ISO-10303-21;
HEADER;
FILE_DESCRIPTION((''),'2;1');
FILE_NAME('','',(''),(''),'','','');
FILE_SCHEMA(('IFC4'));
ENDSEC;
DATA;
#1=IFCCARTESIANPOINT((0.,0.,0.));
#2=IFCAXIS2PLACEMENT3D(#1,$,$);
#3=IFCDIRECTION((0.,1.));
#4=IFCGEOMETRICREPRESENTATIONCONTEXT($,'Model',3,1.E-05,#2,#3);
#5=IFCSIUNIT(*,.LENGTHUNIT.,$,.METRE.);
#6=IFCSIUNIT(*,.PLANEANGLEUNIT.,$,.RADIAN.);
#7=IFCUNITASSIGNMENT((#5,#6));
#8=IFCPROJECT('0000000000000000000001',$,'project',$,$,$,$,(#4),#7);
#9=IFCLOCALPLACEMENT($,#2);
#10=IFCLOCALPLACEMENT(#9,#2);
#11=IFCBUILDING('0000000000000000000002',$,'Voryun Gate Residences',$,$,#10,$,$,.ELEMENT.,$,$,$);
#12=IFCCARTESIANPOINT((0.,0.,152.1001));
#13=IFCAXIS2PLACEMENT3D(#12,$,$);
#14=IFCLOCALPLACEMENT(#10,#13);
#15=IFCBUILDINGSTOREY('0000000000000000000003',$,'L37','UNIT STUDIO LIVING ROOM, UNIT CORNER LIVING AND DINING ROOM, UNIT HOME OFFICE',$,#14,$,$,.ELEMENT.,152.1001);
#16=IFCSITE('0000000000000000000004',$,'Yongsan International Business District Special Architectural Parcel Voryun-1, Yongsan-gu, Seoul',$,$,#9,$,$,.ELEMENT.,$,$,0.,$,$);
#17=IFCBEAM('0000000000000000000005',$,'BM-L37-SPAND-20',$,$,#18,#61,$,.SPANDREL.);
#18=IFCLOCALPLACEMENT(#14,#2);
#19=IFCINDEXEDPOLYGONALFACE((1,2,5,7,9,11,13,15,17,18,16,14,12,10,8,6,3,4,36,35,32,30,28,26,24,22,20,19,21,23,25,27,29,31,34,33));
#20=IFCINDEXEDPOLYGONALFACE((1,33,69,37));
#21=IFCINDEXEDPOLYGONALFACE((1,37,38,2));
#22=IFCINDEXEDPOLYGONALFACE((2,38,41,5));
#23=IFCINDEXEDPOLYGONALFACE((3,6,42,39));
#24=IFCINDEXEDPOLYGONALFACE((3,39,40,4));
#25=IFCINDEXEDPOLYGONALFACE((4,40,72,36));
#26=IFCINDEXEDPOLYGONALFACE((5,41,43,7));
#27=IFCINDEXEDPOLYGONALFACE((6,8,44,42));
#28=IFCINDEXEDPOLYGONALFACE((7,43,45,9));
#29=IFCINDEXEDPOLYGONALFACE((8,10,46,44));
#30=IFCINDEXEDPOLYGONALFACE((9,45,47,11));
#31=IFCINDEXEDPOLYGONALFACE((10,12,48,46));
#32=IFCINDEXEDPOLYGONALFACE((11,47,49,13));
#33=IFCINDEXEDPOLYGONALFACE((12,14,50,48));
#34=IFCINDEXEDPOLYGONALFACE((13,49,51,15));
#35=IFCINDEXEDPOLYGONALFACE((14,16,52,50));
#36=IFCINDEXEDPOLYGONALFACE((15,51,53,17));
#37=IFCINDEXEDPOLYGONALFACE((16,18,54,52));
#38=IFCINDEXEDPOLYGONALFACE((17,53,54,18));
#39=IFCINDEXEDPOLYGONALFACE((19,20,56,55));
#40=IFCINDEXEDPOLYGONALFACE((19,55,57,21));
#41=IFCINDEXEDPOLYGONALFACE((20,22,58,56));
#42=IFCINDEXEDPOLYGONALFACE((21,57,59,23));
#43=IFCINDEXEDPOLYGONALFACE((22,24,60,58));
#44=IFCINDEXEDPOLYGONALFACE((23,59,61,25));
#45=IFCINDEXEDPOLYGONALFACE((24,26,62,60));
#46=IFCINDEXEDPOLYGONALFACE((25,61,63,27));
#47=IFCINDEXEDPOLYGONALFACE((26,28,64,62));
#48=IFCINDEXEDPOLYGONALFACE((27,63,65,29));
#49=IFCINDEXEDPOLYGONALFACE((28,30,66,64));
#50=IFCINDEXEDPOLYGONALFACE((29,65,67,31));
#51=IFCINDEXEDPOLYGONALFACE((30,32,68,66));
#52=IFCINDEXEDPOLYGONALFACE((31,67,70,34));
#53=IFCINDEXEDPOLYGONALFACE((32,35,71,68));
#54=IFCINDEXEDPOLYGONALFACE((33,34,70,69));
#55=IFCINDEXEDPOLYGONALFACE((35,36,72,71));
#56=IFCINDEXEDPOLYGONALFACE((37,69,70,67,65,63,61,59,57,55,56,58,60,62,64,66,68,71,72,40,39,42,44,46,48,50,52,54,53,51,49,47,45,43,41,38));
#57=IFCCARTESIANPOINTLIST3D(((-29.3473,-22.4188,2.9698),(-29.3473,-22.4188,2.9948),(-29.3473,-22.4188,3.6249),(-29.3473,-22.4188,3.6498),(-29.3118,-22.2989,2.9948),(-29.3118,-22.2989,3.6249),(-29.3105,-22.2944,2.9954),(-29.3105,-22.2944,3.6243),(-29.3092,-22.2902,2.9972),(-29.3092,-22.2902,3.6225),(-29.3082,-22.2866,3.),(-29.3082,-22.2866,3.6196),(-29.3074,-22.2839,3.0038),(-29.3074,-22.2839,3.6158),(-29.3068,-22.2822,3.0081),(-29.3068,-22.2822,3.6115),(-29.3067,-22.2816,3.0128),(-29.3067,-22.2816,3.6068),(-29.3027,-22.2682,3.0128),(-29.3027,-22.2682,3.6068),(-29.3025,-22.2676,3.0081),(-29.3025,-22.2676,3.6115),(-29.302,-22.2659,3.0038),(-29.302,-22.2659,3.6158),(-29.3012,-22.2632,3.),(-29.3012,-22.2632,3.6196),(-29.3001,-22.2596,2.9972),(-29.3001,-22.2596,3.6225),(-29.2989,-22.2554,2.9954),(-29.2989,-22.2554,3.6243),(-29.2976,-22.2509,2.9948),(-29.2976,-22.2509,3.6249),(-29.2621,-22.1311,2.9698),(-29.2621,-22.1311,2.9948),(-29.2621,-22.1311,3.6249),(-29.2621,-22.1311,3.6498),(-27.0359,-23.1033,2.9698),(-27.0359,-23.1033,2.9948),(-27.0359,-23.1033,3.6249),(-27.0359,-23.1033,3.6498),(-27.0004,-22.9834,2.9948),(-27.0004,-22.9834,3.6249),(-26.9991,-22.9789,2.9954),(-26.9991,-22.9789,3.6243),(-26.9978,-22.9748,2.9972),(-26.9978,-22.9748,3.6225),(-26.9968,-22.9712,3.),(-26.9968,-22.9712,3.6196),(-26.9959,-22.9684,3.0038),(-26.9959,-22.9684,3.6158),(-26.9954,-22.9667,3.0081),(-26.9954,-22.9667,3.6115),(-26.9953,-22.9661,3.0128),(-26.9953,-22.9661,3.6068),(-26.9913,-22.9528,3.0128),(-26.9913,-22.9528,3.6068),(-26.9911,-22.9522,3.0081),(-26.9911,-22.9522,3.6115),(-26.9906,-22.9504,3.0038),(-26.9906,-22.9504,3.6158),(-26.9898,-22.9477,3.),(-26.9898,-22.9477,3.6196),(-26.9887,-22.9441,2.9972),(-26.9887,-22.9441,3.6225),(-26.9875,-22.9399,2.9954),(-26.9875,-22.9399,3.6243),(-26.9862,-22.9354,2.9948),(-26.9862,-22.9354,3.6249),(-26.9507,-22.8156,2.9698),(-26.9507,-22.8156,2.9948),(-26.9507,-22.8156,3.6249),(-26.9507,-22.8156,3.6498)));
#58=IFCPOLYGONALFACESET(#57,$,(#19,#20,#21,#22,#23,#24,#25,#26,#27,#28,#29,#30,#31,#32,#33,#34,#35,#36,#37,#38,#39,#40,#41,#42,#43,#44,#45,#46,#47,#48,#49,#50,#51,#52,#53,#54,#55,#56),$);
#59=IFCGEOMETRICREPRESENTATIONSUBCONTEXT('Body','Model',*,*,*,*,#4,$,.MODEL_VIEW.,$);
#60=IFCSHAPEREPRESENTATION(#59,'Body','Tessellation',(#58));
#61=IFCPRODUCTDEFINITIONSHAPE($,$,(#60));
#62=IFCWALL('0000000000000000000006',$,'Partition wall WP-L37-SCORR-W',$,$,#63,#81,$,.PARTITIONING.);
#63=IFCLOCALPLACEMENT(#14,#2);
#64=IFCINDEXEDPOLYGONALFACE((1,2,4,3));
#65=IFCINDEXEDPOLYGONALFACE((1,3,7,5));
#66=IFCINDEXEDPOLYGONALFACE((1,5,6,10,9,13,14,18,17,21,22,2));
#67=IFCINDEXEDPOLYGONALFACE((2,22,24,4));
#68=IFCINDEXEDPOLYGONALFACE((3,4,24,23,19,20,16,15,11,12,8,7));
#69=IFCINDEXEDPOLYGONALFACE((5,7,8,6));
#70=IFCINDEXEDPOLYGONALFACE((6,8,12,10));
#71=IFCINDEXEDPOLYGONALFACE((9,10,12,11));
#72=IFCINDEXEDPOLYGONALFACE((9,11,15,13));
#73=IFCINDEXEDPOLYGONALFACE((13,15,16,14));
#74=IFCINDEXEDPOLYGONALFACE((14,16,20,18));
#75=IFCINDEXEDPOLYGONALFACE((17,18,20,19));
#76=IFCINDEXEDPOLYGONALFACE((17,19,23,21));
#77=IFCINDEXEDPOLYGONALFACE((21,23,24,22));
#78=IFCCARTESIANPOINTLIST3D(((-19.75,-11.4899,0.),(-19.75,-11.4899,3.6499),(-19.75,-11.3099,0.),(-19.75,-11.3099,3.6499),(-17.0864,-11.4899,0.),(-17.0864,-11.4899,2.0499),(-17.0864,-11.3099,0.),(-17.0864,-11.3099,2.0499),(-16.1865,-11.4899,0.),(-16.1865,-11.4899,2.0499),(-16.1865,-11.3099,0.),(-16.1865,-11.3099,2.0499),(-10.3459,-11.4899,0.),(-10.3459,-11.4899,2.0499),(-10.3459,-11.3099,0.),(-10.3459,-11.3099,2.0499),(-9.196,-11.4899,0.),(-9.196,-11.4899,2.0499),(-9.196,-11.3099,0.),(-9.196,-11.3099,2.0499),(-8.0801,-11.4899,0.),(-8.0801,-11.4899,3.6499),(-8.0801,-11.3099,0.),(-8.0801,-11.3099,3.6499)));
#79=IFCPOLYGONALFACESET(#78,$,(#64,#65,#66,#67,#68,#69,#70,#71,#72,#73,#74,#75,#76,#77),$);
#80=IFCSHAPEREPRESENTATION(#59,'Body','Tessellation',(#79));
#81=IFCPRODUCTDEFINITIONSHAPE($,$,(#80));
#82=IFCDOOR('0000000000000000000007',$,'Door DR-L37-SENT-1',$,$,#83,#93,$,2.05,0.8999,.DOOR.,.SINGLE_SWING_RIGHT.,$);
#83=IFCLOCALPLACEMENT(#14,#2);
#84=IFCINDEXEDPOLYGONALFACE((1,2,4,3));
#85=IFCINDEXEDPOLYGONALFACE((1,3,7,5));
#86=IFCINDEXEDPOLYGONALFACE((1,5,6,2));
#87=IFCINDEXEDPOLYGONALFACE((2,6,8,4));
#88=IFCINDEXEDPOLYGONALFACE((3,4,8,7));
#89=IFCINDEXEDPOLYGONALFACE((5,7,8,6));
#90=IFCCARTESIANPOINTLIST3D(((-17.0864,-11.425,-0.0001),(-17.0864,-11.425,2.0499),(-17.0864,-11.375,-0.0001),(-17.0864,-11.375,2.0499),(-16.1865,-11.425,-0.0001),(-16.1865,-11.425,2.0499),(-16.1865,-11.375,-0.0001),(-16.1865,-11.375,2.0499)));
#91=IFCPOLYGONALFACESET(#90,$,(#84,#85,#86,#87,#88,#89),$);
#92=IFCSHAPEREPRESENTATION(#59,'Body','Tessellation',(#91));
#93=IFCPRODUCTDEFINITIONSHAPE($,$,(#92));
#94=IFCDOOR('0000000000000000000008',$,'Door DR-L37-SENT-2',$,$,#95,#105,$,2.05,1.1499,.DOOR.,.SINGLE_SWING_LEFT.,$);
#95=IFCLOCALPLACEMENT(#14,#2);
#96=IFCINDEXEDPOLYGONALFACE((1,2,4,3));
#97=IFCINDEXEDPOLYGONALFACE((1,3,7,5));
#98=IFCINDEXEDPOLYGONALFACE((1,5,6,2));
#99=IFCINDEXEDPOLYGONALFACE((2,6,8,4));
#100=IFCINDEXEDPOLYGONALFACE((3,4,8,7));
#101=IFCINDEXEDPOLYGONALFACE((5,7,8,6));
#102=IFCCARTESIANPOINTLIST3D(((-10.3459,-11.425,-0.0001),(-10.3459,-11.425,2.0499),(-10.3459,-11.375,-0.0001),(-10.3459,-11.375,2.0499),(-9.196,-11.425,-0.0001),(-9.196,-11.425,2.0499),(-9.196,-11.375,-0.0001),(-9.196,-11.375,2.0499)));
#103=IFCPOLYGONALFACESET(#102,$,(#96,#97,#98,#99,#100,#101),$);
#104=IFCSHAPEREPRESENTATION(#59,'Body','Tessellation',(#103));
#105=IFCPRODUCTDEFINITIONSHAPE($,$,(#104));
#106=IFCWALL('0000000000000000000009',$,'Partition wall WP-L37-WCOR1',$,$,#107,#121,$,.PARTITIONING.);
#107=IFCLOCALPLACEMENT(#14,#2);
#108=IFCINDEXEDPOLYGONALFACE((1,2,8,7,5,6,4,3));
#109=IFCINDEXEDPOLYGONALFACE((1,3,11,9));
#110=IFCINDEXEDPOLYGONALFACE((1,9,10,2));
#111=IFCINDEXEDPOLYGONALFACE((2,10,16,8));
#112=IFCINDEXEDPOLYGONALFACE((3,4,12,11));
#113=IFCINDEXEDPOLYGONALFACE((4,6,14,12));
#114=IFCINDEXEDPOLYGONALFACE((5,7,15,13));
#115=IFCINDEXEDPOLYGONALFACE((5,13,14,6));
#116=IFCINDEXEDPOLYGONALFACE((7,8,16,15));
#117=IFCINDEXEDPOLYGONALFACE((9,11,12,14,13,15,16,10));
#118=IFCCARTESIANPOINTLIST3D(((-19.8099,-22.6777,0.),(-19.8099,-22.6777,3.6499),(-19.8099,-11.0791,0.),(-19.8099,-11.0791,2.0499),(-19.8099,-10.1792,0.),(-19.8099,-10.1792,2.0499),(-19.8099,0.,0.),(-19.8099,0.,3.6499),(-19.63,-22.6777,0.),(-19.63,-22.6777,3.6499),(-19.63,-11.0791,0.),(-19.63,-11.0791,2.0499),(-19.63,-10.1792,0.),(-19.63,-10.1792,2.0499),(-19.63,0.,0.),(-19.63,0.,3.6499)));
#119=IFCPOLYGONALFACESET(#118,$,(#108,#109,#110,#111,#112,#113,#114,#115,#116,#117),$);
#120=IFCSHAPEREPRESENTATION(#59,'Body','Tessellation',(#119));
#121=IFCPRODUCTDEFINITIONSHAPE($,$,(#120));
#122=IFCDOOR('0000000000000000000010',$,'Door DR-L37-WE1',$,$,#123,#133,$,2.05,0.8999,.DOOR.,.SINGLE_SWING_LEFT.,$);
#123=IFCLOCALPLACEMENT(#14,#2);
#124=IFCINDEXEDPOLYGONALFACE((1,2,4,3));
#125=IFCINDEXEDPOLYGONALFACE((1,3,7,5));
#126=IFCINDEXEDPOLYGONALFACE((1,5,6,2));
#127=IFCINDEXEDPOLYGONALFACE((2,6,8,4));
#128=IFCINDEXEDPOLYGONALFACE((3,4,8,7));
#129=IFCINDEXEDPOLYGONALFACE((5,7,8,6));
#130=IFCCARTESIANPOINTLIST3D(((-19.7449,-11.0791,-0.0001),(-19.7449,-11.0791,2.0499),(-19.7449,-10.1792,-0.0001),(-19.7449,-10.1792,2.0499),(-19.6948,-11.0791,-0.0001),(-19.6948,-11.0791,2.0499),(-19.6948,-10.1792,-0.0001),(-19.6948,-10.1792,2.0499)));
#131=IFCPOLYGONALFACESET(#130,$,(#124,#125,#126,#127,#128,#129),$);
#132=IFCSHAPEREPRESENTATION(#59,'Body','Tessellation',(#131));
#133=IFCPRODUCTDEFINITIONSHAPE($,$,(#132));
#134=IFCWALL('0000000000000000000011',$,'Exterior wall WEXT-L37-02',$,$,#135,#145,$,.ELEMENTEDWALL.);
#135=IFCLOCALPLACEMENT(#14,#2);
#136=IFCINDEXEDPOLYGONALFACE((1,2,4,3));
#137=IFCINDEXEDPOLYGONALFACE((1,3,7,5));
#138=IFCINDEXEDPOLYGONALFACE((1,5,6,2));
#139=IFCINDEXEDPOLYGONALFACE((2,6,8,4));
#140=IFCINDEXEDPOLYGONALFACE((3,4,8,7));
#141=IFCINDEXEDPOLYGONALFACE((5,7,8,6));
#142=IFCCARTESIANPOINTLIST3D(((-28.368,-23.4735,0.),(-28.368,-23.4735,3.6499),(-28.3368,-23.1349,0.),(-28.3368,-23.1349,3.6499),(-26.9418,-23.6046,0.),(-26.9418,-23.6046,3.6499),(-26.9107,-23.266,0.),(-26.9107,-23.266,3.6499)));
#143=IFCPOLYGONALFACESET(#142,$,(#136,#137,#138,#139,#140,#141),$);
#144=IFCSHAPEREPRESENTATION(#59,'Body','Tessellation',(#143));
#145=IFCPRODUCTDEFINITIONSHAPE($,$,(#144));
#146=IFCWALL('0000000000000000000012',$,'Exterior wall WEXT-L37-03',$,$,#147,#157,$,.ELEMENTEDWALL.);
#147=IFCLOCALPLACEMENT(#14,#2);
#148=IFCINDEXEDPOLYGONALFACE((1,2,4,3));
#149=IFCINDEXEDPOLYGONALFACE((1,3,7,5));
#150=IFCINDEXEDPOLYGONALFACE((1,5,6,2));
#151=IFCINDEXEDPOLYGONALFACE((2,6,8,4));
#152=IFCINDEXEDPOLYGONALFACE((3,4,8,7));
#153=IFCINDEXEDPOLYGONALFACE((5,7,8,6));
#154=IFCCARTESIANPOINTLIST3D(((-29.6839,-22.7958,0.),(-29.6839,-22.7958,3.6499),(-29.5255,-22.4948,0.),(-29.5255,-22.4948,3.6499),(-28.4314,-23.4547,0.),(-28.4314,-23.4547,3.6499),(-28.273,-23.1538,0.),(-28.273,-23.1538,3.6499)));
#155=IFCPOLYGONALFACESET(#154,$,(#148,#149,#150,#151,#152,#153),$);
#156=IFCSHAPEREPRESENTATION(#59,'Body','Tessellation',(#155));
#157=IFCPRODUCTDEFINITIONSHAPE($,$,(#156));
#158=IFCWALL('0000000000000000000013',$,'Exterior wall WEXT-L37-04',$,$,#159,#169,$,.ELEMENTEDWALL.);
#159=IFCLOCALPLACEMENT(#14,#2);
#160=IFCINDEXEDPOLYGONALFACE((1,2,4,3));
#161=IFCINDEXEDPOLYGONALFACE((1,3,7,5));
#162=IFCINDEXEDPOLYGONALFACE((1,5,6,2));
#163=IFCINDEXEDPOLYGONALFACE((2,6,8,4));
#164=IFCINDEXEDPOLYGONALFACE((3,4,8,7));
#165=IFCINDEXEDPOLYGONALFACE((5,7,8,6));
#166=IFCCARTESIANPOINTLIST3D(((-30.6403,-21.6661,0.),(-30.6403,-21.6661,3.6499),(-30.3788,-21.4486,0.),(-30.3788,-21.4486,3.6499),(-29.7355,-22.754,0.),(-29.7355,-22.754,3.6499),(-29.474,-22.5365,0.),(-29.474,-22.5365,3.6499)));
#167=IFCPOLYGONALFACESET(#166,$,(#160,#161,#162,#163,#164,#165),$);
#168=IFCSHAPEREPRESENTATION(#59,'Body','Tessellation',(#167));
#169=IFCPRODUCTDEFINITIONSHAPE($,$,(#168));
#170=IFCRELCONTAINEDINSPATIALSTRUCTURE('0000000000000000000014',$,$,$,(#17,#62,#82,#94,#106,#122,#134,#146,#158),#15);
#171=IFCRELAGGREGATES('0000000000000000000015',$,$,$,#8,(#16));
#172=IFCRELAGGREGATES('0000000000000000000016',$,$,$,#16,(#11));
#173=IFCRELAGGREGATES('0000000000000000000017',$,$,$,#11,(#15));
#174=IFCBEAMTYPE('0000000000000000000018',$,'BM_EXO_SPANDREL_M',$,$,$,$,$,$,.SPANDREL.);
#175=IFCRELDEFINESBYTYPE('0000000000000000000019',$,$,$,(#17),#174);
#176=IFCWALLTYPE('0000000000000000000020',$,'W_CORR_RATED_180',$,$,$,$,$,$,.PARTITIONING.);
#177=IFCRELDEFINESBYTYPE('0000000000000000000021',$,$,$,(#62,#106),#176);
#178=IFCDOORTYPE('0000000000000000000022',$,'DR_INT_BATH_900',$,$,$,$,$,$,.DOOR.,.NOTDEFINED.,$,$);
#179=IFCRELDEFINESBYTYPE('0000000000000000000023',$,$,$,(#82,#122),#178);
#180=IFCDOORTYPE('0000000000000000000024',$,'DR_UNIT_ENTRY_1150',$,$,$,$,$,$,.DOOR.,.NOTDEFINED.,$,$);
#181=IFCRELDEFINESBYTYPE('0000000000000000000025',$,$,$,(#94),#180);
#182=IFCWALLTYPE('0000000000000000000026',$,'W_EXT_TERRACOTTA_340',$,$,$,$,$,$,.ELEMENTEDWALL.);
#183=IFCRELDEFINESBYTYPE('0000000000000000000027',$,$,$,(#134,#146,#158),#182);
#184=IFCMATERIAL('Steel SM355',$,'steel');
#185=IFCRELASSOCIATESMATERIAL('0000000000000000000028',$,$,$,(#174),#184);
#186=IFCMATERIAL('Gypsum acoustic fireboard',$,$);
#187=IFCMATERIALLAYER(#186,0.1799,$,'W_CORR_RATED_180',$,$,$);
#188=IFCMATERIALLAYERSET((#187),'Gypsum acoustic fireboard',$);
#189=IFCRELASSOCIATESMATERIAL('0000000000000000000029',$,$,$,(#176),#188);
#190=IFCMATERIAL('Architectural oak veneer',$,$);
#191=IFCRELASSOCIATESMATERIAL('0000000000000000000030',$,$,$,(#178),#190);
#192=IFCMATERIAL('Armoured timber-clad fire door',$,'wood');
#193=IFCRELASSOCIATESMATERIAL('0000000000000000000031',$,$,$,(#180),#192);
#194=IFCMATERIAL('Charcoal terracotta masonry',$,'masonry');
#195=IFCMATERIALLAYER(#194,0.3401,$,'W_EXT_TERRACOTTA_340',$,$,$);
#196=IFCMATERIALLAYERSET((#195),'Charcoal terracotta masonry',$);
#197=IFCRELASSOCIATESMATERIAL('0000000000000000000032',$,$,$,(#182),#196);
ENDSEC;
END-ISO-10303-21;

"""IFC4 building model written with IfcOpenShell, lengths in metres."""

from ifc_helpers import new_model, si_unit, direction, frame, frame_2d, origin, origin_2d, place, context, subcontext, project, spatial, rectangle, i_section, extrude, material, layer, layer_set, material_profile, profile_set, type_object, element, fill, save


model = new_model("IFC4")

# Units and contexts
model_context = context("Model", 3, precision=1e-05, world=origin(), true_north=direction((0.0, 1.0)))
body_context = subcontext(model_context, "Body", "Model", "MODEL_VIEW")
ifc_project = project(units=[si_unit("LENGTHUNIT", "METRE"), si_unit("PLANEANGLEUNIT", "RADIAN")], contexts=[model_context])

# Site, building, storey
site_placement = place(None, origin())
site = spatial("IfcSite", under=ifc_project, at=site_placement, Name="Yongsan International Business District Special Architectural Parcel Voryun-1, Yongsan-gu, Seoul", CompositionType="ELEMENT", RefElevation=0.0)
building_placement = place(site_placement, origin())
building = spatial("IfcBuilding", under=site, at=building_placement, Name="Voryun Gate Residences", CompositionType="ELEMENT")
storey_placement = place(building_placement, frame((0.0, 0.0, 152.1001)))
storey = spatial("IfcBuildingStorey", under=building, at=storey_placement, Name="L37", Description="UNIT STUDIO LIVING ROOM, UNIT CORNER LIVING AND DINING ROOM, UNIT HOME OFFICE", CompositionType="ELEMENT", Elevation=152.1001)

# Beam
ifc_material_1 = material(Name="Steel SM355", Category="steel")
ifc_material_profile_1 = material_profile(ifc_material_1, i_section(OverallWidth=0.3, OverallDepth=0.6799, WebThickness=0.0139, FlangeThickness=0.0249, FilletRadius=0.0181, at=origin_2d()), Name="H-680x300x14x25")
ifc_profile_set_1 = profile_set([ifc_material_profile_1], Name="Steel SM355")
beam_type = type_object("IfcBeamType", Name="BM_EXO_SPANDREL_M", PredefinedType="SPANDREL", material=ifc_profile_set_1)
beam_1_placement = place(storey_placement, frame((-29.3047, -22.2749, 3.3098), z_axis=(0.958835, -0.283964, 0.0), x_axis=(0.283964, 0.958835, 0.0)))
element("IfcBeam", 1, at=beam_1_placement, inside=storey, type_object=beam_type, Name="BM-L37-SPAND-20", PredefinedType="SPANDREL", context=body_context, shape_type="SweptSolid", body=[
    extrude(i_section(OverallWidth=0.3, OverallDepth=0.6799, WebThickness=0.0139, FlangeThickness=0.0249, FilletRadius=0.0181, at=origin_2d()), origin(), (0.0, 0.0, 1.0), 2.4106),
])

# Wall, openings, doors
ifc_material_2 = material(Name="Gypsum acoustic fireboard")
ifc_layer_1 = layer(ifc_material_2, 0.1799, Name="W_CORR_RATED_180")
ifc_layer_set_1 = layer_set([ifc_layer_1], Name="Gypsum acoustic fireboard")
wall_type_1 = type_object("IfcWallType", Name="W_CORR_RATED_180", PredefinedType="PARTITIONING", material=ifc_layer_set_1)
wall_1_placement = place(storey_placement, frame((-19.75, -11.3999, 0.0), z_axis=(0.0, 0.0, 1.0), x_axis=(1.0, 0.0, 0.0)))
wall_1 = element("IfcWall", 2, at=wall_1_placement, inside=storey, type_object=wall_type_1, Name="Partition wall WP-L37-SCORR-W", PredefinedType="PARTITIONING", context=body_context, shape_type="SweptSolid", body=[
    extrude(rectangle(XDim=11.6699, YDim=0.1799, at=frame_2d((5.835, 0.0))), origin(), (0.0, 0.0, 1.0), 3.6499),
])
opening_1_placement = place(wall_1_placement, frame((2.6636, 0.0, 0.0)))
opening_1 = element("IfcOpeningElement", 3, at=opening_1_placement, cuts=wall_1, PredefinedType="OPENING", context=body_context, shape_type="SweptSolid", body=[
    extrude(rectangle(XDim=0.8999, YDim=2.05, at=frame_2d((0.45, 1.0249))), frame((0.0, 0.0999, 0.0), z_axis=(0.0, -1.0, 0.0), x_axis=(1.0, 0.0, 0.0)), (0.0, 0.0, 1.0), 0.2),
])
opening_2_placement = place(wall_1_placement, frame((9.4041, 0.0, 0.0)))
opening_2 = element("IfcOpeningElement", 4, at=opening_2_placement, cuts=wall_1, PredefinedType="OPENING", context=body_context, shape_type="SweptSolid", body=[
    extrude(rectangle(XDim=1.1499, YDim=2.05, at=frame_2d((0.575, 1.0249))), frame((0.0, 0.0999, 0.0), z_axis=(0.0, -1.0, 0.0), x_axis=(1.0, 0.0, 0.0)), (0.0, 0.0, 1.0), 0.2),
])
ifc_material_3 = material(Name="Architectural oak veneer")
door_type_1 = type_object("IfcDoorType", Name="DR_INT_BATH_900", OperationType="NOTDEFINED", PredefinedType="DOOR", material=ifc_material_3)
door_1_placement = place(opening_1_placement, origin())
door_1 = element("IfcDoor", 5, at=door_1_placement, inside=storey, type_object=door_type_1, Name="Door DR-L37-SENT-1", OperationType="SINGLE_SWING_RIGHT", OverallHeight=2.05, OverallWidth=0.8999, PredefinedType="DOOR", context=body_context, shape_type="SweptSolid", body=[
    extrude(rectangle(XDim=0.8999, YDim=2.05, at=frame_2d((0.45, 1.0249))), frame((0.0, 0.0249, 0.0), z_axis=(0.0, -1.0, 0.0), x_axis=(1.0, 0.0, 0.0)), (0.0, 0.0, 1.0), 0.05),
])
fill(opening_1, door_1)
ifc_material_4 = material(Name="Armoured timber-clad fire door", Category="wood")
door_type_2 = type_object("IfcDoorType", Name="DR_UNIT_ENTRY_1150", OperationType="NOTDEFINED", PredefinedType="DOOR", material=ifc_material_4)
door_2_placement = place(opening_2_placement, origin())
door_2 = element("IfcDoor", 6, at=door_2_placement, inside=storey, type_object=door_type_2, Name="Door DR-L37-SENT-2", OperationType="SINGLE_SWING_LEFT", OverallHeight=2.05, OverallWidth=1.1499, PredefinedType="DOOR", context=body_context, shape_type="SweptSolid", body=[
    extrude(rectangle(XDim=1.1499, YDim=2.05, at=frame_2d((0.575, 1.0249))), frame((0.0, 0.0249, 0.0), z_axis=(0.0, -1.0, 0.0), x_axis=(1.0, 0.0, 0.0)), (0.0, 0.0, 1.0), 0.05),
])
fill(opening_2, door_2)

# Wall, opening, door
wall_2_placement = place(storey_placement, frame((-19.72, -22.6777, 0.0), z_axis=(0.0, 0.0, 1.0), x_axis=(0.0, 1.0, 0.0)))
wall_2 = element("IfcWall", 7, at=wall_2_placement, inside=storey, type_object=wall_type_1, Name="Partition wall WP-L37-WCOR1", PredefinedType="PARTITIONING", context=body_context, shape_type="SweptSolid", body=[
    extrude(rectangle(XDim=22.6777, YDim=0.1799, at=frame_2d((11.3389, 0.0))), origin(), (0.0, 0.0, 1.0), 3.6499),
])
opening_3_placement = place(wall_2_placement, frame((11.5986, 0.0, 0.0)))
opening_3 = element("IfcOpeningElement", 8, at=opening_3_placement, cuts=wall_2, PredefinedType="OPENING", context=body_context, shape_type="SweptSolid", body=[
    extrude(rectangle(XDim=0.8999, YDim=2.05, at=frame_2d((0.45, 1.0249))), frame((0.0, 0.0999, 0.0), z_axis=(0.0, -1.0, 0.0), x_axis=(1.0, 0.0, 0.0)), (0.0, 0.0, 1.0), 0.2),
])
door_3_placement = place(opening_3_placement, origin())
door_3 = element("IfcDoor", 9, at=door_3_placement, inside=storey, type_object=door_type_1, Name="Door DR-L37-WE1", OperationType="SINGLE_SWING_LEFT", OverallHeight=2.05, OverallWidth=0.8999, PredefinedType="DOOR", context=body_context, shape_type="SweptSolid", body=[
    extrude(rectangle(XDim=0.8999, YDim=2.05, at=frame_2d((0.45, 1.0249))), frame((0.0, 0.0249, 0.0), z_axis=(0.0, -1.0, 0.0), x_axis=(1.0, 0.0, 0.0)), (0.0, 0.0, 1.0), 0.05),
])
fill(opening_3, door_3)

# Walls
ifc_material_5 = material(Name="Charcoal terracotta masonry", Category="masonry")
ifc_layer_2 = layer(ifc_material_5, 0.3401, Name="W_EXT_TERRACOTTA_340")
ifc_layer_set_2 = layer_set([ifc_layer_2], Name="Charcoal terracotta masonry")
wall_type_2 = type_object("IfcWallType", Name="W_EXT_TERRACOTTA_340", PredefinedType="ELEMENTEDWALL", material=ifc_layer_set_2)
wall_3_placement = place(storey_placement, frame((-26.9263, -23.4353, 0.0), z_axis=(0.0, 0.0, 1.0), x_axis=(-0.9958, 0.09155, 0.0)))
element("IfcWall", 10, at=wall_3_placement, inside=storey, type_object=wall_type_2, Name="Exterior wall WEXT-L37-02", PredefinedType="ELEMENTEDWALL", context=body_context, shape_type="SweptSolid", body=[
    extrude(rectangle(XDim=1.4321, YDim=0.3401, at=frame_2d((0.7161, 0.0))), origin(), (0.0, 0.0, 1.0), 3.6499),
])
wall_4_placement = place(storey_placement, frame((-28.3523, -23.3042, 0.0), z_axis=(0.0, 0.0, 1.0), x_axis=(-0.884989, 0.465611, 0.0)))
element("IfcWall", 11, at=wall_4_placement, inside=storey, type_object=wall_type_2, Name="Exterior wall WEXT-L37-03", PredefinedType="ELEMENTEDWALL", context=body_context, shape_type="SweptSolid", body=[
    extrude(rectangle(XDim=1.4153, YDim=0.3401, at=frame_2d((0.7075, 0.0))), origin(), (0.0, 0.0, 1.0), 3.6499),
])
wall_5_placement = place(storey_placement, frame((-29.6047, -22.6453, 0.0), z_axis=(0.0, 0.0, 1.0), x_axis=(-0.639437, 0.768843, 0.0)))
element("IfcWall", 12, at=wall_5_placement, inside=storey, type_object=wall_type_2, Name="Exterior wall WEXT-L37-04", PredefinedType="ELEMENTEDWALL", context=body_context, shape_type="SweptSolid", body=[
    extrude(rectangle(XDim=1.415, YDim=0.3401, at=frame_2d((0.7075, 0.0))), origin(), (0.0, 0.0, 1.0), 3.6499),
])

save(model, "model.ifc")
